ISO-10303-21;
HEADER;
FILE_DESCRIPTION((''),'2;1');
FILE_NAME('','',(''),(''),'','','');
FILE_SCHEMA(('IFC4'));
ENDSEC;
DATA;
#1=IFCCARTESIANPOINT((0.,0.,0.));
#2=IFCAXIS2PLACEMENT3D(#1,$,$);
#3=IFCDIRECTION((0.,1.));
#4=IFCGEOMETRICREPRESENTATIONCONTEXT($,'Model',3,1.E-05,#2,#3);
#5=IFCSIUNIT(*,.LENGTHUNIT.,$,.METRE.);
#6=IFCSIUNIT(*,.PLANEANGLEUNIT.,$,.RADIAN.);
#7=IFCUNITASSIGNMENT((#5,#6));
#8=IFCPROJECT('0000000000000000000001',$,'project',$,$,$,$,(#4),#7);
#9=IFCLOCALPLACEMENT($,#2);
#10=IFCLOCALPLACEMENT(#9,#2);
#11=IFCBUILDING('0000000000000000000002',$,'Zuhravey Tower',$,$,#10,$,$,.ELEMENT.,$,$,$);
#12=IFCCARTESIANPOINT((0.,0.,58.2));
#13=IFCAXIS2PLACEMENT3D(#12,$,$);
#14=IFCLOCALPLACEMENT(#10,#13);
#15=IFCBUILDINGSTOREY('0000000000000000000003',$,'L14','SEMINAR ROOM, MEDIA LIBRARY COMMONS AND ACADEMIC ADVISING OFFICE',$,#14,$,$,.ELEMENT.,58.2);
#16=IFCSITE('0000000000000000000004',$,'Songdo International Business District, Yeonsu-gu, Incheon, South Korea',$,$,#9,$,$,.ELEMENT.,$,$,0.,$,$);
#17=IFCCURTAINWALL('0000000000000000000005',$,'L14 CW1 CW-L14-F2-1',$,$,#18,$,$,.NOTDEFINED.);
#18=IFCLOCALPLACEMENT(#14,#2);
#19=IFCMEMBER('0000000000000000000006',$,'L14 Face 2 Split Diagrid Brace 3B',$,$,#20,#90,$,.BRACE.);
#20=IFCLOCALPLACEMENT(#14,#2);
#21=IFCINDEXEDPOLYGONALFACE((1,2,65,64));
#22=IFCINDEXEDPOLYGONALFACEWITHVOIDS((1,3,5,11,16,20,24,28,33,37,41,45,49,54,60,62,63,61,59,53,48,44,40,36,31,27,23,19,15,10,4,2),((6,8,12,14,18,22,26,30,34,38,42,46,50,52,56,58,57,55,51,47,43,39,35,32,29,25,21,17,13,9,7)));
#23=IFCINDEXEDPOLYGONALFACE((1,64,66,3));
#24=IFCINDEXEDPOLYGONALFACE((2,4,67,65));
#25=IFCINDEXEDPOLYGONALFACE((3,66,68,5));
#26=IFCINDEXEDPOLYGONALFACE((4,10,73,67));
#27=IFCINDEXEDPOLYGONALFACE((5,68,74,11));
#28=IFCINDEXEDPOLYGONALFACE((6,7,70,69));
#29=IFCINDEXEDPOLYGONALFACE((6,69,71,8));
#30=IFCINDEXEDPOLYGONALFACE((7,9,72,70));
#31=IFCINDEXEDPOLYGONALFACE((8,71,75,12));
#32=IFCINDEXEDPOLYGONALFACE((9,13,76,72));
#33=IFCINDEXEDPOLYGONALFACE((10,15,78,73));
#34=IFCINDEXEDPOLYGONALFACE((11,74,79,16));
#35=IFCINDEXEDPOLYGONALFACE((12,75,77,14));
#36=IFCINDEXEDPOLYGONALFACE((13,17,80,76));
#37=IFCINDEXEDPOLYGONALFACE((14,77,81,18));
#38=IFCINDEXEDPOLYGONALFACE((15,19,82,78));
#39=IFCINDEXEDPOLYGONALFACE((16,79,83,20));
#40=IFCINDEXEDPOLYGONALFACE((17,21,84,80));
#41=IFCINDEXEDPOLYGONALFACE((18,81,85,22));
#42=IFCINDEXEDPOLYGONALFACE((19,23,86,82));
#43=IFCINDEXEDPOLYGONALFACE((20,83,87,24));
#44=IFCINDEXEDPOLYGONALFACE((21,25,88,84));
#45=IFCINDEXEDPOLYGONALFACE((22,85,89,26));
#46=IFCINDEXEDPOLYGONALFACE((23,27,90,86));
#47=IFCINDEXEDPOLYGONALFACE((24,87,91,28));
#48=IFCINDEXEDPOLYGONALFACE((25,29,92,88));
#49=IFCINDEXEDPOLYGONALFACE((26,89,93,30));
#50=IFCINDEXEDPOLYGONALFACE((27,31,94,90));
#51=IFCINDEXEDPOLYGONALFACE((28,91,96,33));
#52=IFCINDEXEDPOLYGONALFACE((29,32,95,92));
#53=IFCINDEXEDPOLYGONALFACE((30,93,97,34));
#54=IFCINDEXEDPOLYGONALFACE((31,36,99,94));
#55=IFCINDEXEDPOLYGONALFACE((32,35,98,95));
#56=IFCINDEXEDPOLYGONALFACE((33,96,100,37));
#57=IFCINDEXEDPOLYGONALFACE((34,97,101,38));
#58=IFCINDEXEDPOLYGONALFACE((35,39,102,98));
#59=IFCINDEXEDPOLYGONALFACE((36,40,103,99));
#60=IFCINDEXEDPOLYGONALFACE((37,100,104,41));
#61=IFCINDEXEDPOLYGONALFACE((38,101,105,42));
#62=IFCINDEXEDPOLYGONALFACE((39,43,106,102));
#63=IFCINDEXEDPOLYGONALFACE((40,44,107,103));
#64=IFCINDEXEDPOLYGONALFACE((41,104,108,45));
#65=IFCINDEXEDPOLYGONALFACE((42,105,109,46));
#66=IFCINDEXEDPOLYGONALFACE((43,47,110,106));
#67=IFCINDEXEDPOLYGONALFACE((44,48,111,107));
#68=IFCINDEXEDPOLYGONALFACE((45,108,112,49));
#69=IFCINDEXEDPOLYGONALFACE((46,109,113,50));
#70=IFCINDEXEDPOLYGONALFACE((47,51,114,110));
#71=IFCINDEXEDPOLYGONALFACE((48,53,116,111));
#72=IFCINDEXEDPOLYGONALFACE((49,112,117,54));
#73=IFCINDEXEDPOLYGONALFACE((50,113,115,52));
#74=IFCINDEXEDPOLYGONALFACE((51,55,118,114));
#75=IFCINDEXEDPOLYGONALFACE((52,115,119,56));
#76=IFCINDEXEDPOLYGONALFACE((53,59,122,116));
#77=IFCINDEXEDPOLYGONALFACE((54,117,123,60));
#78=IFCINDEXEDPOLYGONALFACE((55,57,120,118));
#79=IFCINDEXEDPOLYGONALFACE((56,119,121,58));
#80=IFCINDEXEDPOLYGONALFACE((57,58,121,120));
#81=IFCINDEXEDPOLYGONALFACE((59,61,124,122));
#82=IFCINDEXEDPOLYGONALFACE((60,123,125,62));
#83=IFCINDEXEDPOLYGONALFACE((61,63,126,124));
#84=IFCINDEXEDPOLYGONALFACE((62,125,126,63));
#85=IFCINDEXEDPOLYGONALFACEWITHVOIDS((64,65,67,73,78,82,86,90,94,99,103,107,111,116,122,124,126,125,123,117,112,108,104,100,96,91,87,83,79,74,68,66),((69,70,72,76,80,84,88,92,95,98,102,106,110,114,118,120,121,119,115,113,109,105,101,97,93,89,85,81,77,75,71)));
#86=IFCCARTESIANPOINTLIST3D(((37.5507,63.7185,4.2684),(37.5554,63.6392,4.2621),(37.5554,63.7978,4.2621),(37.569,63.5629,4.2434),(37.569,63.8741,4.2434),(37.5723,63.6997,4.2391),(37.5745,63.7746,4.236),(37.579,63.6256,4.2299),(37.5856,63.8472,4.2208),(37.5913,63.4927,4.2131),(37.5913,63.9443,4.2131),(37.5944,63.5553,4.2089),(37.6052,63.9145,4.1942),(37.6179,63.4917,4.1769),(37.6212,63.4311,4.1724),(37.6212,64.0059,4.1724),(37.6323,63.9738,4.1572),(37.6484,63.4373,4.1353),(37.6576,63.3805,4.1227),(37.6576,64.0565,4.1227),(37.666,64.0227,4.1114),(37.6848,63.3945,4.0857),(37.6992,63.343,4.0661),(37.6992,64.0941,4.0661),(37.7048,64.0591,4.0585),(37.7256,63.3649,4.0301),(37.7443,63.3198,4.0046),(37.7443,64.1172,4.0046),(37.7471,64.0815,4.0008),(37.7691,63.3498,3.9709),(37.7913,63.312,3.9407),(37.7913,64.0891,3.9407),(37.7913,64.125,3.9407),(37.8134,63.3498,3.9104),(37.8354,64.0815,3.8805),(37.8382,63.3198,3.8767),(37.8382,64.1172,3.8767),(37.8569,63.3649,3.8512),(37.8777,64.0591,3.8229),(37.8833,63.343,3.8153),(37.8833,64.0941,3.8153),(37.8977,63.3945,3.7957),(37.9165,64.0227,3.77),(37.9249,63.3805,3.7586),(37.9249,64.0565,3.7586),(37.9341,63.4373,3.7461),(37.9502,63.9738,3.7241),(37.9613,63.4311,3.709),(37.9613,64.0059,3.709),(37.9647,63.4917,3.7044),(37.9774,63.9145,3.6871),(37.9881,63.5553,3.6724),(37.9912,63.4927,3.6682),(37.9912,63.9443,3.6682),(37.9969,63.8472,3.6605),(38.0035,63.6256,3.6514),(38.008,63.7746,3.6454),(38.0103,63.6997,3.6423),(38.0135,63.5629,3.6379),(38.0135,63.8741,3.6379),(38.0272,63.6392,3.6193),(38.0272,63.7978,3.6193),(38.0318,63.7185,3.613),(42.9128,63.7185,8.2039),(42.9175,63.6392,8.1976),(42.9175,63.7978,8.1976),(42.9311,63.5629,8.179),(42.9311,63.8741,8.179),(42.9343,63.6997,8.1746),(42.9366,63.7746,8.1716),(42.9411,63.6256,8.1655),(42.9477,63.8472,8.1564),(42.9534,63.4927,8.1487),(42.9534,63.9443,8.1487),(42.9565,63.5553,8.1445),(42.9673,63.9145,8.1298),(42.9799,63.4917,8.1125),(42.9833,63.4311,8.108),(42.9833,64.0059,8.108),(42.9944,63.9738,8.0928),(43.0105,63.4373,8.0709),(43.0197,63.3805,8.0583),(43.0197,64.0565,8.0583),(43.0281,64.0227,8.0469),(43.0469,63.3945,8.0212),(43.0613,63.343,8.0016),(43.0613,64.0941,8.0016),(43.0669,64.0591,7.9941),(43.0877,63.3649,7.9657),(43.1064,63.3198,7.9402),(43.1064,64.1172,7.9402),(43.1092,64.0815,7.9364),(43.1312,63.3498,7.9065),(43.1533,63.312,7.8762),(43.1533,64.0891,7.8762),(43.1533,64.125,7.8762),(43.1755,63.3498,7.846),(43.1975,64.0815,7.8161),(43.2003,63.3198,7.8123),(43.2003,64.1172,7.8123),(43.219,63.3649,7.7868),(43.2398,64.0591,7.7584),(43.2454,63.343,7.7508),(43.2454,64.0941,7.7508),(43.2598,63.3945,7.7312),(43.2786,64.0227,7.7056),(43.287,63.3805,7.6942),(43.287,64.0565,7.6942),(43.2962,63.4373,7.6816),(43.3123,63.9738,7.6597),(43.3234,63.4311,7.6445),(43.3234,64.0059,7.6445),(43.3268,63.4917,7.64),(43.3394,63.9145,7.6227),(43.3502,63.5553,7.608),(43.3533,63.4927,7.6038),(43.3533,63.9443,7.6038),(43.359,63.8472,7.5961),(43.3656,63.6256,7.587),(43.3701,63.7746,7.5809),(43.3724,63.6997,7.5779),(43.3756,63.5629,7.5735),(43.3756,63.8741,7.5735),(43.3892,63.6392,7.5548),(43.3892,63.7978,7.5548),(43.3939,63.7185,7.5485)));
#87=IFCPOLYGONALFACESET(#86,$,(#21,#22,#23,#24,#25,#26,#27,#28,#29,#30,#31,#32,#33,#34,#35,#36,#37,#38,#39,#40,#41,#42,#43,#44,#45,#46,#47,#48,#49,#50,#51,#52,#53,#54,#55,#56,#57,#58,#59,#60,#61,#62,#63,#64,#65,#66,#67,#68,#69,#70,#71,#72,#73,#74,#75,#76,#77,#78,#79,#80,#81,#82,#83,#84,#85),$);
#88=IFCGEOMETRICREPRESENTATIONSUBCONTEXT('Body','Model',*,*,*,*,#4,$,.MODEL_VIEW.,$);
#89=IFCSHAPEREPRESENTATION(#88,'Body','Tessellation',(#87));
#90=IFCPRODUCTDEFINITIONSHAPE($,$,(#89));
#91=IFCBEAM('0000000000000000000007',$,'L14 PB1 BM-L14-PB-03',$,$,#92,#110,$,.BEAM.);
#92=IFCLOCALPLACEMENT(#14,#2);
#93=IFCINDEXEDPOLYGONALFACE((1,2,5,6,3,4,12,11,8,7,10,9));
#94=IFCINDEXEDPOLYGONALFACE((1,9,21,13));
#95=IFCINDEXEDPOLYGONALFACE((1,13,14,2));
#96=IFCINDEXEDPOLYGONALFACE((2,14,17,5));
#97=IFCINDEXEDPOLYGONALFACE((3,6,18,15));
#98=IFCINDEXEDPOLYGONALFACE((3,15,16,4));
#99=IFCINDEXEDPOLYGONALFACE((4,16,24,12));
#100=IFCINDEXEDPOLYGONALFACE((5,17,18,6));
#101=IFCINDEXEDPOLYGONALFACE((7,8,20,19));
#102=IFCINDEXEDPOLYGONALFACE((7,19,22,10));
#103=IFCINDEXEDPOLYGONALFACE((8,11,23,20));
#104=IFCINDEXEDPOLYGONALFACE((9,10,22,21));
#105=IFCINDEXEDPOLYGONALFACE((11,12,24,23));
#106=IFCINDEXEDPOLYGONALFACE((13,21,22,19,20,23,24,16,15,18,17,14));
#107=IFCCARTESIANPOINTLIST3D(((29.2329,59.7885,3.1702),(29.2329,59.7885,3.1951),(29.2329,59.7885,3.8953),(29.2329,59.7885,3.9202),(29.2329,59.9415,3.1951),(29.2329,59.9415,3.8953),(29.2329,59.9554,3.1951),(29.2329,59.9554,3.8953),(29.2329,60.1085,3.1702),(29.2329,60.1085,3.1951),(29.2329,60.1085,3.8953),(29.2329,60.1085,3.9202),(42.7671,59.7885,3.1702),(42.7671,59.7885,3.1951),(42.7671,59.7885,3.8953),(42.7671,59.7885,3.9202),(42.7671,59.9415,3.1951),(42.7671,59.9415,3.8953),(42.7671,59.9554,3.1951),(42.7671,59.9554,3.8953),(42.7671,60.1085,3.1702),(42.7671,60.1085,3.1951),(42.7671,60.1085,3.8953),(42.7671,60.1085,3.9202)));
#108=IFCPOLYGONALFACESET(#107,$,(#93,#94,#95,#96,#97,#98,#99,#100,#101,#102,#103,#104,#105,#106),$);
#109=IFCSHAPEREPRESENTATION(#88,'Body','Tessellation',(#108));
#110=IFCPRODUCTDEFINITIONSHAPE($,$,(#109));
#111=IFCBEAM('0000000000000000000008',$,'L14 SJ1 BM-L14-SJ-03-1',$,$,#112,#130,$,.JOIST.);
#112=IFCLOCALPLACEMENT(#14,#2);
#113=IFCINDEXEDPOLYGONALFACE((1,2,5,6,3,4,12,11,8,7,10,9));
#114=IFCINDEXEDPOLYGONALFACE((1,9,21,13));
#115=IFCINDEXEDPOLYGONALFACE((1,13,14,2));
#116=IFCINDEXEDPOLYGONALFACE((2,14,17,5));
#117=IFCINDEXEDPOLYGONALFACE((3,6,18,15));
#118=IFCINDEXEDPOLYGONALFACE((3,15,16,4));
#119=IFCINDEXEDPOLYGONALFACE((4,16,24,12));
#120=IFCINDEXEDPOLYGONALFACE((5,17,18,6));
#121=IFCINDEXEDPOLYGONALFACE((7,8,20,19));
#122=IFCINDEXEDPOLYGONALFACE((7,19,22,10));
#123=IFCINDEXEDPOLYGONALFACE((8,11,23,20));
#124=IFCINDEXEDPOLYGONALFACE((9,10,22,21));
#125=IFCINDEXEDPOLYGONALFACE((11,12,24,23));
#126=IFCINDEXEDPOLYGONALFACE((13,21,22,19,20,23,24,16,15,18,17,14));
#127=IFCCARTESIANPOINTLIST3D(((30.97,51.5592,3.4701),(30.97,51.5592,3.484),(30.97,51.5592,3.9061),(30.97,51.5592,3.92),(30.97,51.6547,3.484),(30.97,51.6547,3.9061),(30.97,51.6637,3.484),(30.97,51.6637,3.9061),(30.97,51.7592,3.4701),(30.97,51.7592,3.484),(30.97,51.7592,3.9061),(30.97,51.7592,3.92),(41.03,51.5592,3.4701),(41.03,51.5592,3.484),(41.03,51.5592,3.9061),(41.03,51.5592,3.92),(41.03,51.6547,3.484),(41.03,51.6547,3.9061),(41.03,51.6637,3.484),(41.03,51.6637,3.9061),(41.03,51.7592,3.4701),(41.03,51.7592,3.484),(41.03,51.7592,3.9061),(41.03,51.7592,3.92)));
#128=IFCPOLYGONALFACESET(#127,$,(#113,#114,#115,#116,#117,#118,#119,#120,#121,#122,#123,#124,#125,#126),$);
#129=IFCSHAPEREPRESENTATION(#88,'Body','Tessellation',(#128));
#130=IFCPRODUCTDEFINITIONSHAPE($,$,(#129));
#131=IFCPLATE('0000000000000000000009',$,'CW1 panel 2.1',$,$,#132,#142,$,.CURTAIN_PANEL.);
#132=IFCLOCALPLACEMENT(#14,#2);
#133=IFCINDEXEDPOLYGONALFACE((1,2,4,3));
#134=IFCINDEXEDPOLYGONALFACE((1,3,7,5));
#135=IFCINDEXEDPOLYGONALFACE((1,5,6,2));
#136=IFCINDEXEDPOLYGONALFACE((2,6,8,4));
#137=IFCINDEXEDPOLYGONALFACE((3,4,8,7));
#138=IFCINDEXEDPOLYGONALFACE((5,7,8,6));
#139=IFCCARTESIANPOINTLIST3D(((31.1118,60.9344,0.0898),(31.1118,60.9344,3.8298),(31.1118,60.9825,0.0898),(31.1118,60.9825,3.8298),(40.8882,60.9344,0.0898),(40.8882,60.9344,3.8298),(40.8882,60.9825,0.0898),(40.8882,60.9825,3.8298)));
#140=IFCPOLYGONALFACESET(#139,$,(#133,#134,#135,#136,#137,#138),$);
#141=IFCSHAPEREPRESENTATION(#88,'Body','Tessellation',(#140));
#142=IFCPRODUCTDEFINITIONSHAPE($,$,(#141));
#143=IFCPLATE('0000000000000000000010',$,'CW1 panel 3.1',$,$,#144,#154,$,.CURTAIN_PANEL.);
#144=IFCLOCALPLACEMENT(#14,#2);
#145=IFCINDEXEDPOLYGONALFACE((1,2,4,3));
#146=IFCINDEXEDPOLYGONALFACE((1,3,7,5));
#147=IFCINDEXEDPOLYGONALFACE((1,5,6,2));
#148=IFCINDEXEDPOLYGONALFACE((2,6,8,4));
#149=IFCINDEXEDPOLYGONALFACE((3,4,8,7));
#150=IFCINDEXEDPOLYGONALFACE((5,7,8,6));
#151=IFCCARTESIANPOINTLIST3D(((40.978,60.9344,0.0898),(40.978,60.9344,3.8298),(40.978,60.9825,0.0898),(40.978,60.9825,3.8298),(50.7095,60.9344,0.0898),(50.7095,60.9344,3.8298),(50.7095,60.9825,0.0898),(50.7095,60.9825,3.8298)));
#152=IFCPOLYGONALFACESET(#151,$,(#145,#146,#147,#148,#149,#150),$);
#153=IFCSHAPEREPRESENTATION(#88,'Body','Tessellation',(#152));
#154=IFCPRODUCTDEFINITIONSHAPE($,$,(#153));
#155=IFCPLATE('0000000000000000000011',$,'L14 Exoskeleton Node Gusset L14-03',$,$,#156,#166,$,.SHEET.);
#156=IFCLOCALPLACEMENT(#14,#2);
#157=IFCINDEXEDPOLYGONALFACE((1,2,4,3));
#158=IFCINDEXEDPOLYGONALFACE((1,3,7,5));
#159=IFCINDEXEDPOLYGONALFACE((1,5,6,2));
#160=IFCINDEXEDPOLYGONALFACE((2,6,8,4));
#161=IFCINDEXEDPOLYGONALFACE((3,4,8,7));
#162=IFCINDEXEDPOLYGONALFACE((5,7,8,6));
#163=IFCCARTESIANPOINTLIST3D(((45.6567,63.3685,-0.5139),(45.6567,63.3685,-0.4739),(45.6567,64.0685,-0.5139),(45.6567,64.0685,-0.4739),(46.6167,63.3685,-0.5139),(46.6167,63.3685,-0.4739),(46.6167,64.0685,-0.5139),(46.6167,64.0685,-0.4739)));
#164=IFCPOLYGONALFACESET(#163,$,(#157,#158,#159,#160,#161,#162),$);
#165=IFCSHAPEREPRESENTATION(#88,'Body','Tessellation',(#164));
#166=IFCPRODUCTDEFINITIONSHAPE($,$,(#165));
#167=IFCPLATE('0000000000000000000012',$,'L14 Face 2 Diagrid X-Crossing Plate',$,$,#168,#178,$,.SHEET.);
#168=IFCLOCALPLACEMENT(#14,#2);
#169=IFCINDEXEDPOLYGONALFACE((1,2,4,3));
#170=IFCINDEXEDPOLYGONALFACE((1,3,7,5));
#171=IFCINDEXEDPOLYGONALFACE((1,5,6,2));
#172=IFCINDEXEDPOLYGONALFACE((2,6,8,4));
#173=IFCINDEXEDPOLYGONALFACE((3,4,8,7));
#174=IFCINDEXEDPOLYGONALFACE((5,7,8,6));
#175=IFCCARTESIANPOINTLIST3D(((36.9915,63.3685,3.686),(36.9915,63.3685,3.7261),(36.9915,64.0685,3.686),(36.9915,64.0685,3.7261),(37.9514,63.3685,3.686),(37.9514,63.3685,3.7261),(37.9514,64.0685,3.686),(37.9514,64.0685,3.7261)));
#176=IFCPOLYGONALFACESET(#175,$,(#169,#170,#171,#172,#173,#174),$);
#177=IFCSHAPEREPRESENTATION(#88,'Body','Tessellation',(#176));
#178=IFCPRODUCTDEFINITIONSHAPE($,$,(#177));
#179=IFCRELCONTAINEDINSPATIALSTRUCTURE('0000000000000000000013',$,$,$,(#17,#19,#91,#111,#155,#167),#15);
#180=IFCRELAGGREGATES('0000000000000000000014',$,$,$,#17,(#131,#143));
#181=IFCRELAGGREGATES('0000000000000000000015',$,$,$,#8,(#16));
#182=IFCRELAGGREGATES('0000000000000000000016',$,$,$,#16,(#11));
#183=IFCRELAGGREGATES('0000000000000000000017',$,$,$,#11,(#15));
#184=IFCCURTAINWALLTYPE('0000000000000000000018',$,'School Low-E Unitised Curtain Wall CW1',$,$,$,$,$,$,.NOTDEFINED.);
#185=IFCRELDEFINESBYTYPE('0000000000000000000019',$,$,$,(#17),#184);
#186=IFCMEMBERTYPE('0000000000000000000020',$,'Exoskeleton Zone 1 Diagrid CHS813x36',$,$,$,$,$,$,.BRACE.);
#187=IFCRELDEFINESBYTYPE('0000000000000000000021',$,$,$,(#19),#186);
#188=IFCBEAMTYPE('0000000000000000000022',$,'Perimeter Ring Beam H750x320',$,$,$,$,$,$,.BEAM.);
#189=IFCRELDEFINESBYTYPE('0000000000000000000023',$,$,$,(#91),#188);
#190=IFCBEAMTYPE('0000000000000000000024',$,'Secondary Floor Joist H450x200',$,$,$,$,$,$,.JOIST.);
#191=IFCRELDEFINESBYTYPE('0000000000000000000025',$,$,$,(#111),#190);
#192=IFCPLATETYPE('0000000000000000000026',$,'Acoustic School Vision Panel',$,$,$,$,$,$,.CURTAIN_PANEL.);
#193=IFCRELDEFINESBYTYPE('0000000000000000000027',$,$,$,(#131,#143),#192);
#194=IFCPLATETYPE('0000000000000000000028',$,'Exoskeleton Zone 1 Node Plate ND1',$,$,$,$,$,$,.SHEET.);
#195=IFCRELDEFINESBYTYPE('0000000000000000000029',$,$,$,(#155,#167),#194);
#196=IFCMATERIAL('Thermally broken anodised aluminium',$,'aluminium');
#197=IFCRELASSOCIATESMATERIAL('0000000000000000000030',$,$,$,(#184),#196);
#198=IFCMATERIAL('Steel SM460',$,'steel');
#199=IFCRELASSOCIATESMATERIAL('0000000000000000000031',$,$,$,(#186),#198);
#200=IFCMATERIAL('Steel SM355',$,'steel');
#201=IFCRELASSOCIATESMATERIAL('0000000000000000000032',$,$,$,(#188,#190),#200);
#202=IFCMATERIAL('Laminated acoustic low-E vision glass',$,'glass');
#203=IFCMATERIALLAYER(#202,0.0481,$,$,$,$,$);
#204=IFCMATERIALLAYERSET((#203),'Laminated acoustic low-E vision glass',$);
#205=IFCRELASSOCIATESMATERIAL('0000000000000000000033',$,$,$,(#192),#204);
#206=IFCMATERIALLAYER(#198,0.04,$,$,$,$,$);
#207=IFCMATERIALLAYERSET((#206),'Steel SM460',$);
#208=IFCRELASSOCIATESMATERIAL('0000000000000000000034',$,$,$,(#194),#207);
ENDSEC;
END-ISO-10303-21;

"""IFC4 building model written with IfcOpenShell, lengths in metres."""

from ifc_helpers import new_model, si_unit, direction, frame, origin, origin_2d, place, context, subcontext, project, spatial, rectangle, hollow_circle, i_section, extrude, material, layer, layer_set, material_profile, profile_set, type_object, element, aggregate, save


model = new_model("IFC4")

# Units and contexts
model_context = context("Model", 3, precision=1e-05, world=origin(), true_north=direction((0.0, 1.0)))
body_context = subcontext(model_context, "Body", "Model", "MODEL_VIEW")
ifc_project = project(units=[si_unit("LENGTHUNIT", "METRE"), si_unit("PLANEANGLEUNIT", "RADIAN")], contexts=[model_context])

# Site, building, storey
site_placement = place(None, origin())
site = spatial("IfcSite", under=ifc_project, at=site_placement, Name="Songdo International Business District, Yeonsu-gu, Incheon, South Korea", CompositionType="ELEMENT", RefElevation=0.0)
building_placement = place(site_placement, origin())
building = spatial("IfcBuilding", under=site, at=building_placement, Name="Zuhravey Tower", CompositionType="ELEMENT")
storey_placement = place(building_placement, frame((0.0, 0.0, 58.2)))
storey = spatial("IfcBuildingStorey", under=building, at=storey_placement, Name="L14", Description="SEMINAR ROOM, MEDIA LIBRARY COMMONS AND ACADEMIC ADVISING OFFICE", CompositionType="ELEMENT", Elevation=58.2)

# Curtain wall
ifc_material_1 = material(Name="Thermally broken anodised aluminium", Category="aluminium")
curtain_wall_type = type_object("IfcCurtainWallType", Name="School Low-E Unitised Curtain Wall CW1", PredefinedType="NOTDEFINED", material=ifc_material_1)
curtain_wall_placement = place(storey_placement, origin())
curtain_wall = element("IfcCurtainWall", 1, at=curtain_wall_placement, inside=storey, type_object=curtain_wall_type, Name="L14 CW1 CW-L14-F2-1", PredefinedType="NOTDEFINED")

# Member
ifc_material_2 = material(Name="Steel SM355", Category="steel")
ifc_material_3 = material(Name="Steel SM460", Category="steel")
ifc_material_profile_1 = material_profile(ifc_material_3, hollow_circle(Radius=0.4065, WallThickness=0.0359, at=origin_2d()), Name="CHS-812.8x36")
ifc_profile_set_1 = profile_set([ifc_material_profile_1], Name="Steel SM460")
member_type_1 = type_object("IfcMemberType", Name="Exoskeleton Zone 1 Diagrid CHS813x36", PredefinedType="BRACE", material=ifc_profile_set_1)
member_1_placement = place(storey_placement, frame((37.7913, 63.7185, 3.9407), z_axis=(0.806163, 0.0, 0.591693), x_axis=(0.0, 1.0, 0.0)))
element("IfcMember", 2, at=member_1_placement, inside=storey, type_object=member_type_1, Name="L14 Face 2 Split Diagrid Brace 3B", PredefinedType="BRACE", context=body_context, shape_type="SweptSolid", body=[
    extrude(hollow_circle(Radius=0.4065, WallThickness=0.0359, at=origin_2d()), origin(), (0.0, 0.0, 1.0), 6.6514),
])

# Beams
ifc_material_profile_2 = material_profile(ifc_material_2, i_section(OverallWidth=0.3201, OverallDepth=0.75, WebThickness=0.0139, FlangeThickness=0.0249, at=origin_2d()), Name="H-750x320x14x25")
ifc_profile_set_2 = profile_set([ifc_material_profile_2], Name="Steel SM355")
beam_type_1 = type_object("IfcBeamType", Name="Perimeter Ring Beam H750x320", PredefinedType="BEAM", material=ifc_profile_set_2)
beam_1_placement = place(storey_placement, frame((42.7671, 59.9485, 3.5452), z_axis=(-1.0, 0.0, 0.0), x_axis=(0.0, -1.0, 0.0)))
element("IfcBeam", 3, at=beam_1_placement, inside=storey, type_object=beam_type_1, Name="L14 PB1 BM-L14-PB-03", PredefinedType="BEAM", context=body_context, shape_type="SweptSolid", body=[
    extrude(i_section(OverallWidth=0.3201, OverallDepth=0.75, WebThickness=0.0139, FlangeThickness=0.0249, at=origin_2d()), origin(), (0.0, 0.0, 1.0), 13.5342),
])
ifc_material_profile_3 = material_profile(ifc_material_2, i_section(OverallWidth=0.2, OverallDepth=0.45, WebThickness=0.009, FlangeThickness=0.0139, at=origin_2d()), Name="H-450x200x9x14")
ifc_profile_set_3 = profile_set([ifc_material_profile_3], Name="Steel SM355")
beam_type_2 = type_object("IfcBeamType", Name="Secondary Floor Joist H450x200", PredefinedType="JOIST", material=ifc_profile_set_3)
beam_2_placement = place(storey_placement, frame((41.03, 51.6592, 3.6951), z_axis=(-1.0, 0.0, 0.0), x_axis=(0.0, -1.0, 0.0)))
element("IfcBeam", 4, at=beam_2_placement, inside=storey, type_object=beam_type_2, Name="L14 SJ1 BM-L14-SJ-03-1", PredefinedType="JOIST", context=body_context, shape_type="SweptSolid", body=[
    extrude(i_section(OverallWidth=0.2, OverallDepth=0.45, WebThickness=0.009, FlangeThickness=0.0139, at=origin_2d()), origin(), (0.0, 0.0, 1.0), 10.0601),
])

# Plates
ifc_material_4 = material(Name="Laminated acoustic low-E vision glass", Category="glass")
ifc_layer_1 = layer(ifc_material_4, 0.0481)
ifc_layer_set_1 = layer_set([ifc_layer_1], Name="Laminated acoustic low-E vision glass")
plate_type_1 = type_object("IfcPlateType", Name="Acoustic School Vision Panel", PredefinedType="CURTAIN_PANEL", material=ifc_layer_set_1)
plate_1_placement = place(storey_placement, frame((36.0, 60.9585, 0.0898), z_axis=(0.0, 0.0, 1.0), x_axis=(1.0, 0.0, 0.0)))
plate_1 = element("IfcPlate", 5, at=plate_1_placement, type_object=plate_type_1, Name="CW1 panel 2.1", PredefinedType="CURTAIN_PANEL", context=body_context, shape_type="SweptSolid", body=[
    extrude(rectangle(XDim=9.7764, YDim=0.0481, at=origin_2d()), origin(), (0.0, 0.0, 1.0), 3.74),
])
plate_2_placement = place(storey_placement, frame((45.8438, 60.9585, 0.0898), z_axis=(0.0, 0.0, 1.0), x_axis=(1.0, 0.0, 0.0)))
plate_2 = element("IfcPlate", 6, at=plate_2_placement, type_object=plate_type_1, Name="CW1 panel 3.1", PredefinedType="CURTAIN_PANEL", context=body_context, shape_type="SweptSolid", body=[
    extrude(rectangle(XDim=9.7314, YDim=0.0481, at=origin_2d()), origin(), (0.0, 0.0, 1.0), 3.74),
])
aggregate(curtain_wall, [plate_1, plate_2])

# Plates
ifc_layer_2 = layer(ifc_material_3, 0.04)
ifc_layer_set_2 = layer_set([ifc_layer_2], Name="Steel SM460")
plate_type_2 = type_object("IfcPlateType", Name="Exoskeleton Zone 1 Node Plate ND1", PredefinedType="SHEET", material=ifc_layer_set_2)
for number, where, z_axis, x_axis, name in (
    (7, (46.1367, 63.7185, -0.5139), (0.0, 0.0, 1.0), (-1.0, 0.0, 0.0), "L14 Exoskeleton Node Gusset L14-03"),
    (8, (37.4714, 63.7185, 3.686), (0.0, 0.0, 1.0), (-1.0, 0.0, 0.0), "L14 Face 2 Diagrid X-Crossing Plate"),
):
    element("IfcPlate", number, at=place(storey_placement, frame(where, z_axis=z_axis, x_axis=x_axis)), inside=storey, type_object=plate_type_2, Name=name, PredefinedType="SHEET", context=body_context, shape_type="SweptSolid", body=[
        extrude(rectangle(XDim=0.96, YDim=0.7, at=origin_2d()), origin(), (0.0, 0.0, 1.0), 0.04),
    ])

save(model, "model.ifc")
